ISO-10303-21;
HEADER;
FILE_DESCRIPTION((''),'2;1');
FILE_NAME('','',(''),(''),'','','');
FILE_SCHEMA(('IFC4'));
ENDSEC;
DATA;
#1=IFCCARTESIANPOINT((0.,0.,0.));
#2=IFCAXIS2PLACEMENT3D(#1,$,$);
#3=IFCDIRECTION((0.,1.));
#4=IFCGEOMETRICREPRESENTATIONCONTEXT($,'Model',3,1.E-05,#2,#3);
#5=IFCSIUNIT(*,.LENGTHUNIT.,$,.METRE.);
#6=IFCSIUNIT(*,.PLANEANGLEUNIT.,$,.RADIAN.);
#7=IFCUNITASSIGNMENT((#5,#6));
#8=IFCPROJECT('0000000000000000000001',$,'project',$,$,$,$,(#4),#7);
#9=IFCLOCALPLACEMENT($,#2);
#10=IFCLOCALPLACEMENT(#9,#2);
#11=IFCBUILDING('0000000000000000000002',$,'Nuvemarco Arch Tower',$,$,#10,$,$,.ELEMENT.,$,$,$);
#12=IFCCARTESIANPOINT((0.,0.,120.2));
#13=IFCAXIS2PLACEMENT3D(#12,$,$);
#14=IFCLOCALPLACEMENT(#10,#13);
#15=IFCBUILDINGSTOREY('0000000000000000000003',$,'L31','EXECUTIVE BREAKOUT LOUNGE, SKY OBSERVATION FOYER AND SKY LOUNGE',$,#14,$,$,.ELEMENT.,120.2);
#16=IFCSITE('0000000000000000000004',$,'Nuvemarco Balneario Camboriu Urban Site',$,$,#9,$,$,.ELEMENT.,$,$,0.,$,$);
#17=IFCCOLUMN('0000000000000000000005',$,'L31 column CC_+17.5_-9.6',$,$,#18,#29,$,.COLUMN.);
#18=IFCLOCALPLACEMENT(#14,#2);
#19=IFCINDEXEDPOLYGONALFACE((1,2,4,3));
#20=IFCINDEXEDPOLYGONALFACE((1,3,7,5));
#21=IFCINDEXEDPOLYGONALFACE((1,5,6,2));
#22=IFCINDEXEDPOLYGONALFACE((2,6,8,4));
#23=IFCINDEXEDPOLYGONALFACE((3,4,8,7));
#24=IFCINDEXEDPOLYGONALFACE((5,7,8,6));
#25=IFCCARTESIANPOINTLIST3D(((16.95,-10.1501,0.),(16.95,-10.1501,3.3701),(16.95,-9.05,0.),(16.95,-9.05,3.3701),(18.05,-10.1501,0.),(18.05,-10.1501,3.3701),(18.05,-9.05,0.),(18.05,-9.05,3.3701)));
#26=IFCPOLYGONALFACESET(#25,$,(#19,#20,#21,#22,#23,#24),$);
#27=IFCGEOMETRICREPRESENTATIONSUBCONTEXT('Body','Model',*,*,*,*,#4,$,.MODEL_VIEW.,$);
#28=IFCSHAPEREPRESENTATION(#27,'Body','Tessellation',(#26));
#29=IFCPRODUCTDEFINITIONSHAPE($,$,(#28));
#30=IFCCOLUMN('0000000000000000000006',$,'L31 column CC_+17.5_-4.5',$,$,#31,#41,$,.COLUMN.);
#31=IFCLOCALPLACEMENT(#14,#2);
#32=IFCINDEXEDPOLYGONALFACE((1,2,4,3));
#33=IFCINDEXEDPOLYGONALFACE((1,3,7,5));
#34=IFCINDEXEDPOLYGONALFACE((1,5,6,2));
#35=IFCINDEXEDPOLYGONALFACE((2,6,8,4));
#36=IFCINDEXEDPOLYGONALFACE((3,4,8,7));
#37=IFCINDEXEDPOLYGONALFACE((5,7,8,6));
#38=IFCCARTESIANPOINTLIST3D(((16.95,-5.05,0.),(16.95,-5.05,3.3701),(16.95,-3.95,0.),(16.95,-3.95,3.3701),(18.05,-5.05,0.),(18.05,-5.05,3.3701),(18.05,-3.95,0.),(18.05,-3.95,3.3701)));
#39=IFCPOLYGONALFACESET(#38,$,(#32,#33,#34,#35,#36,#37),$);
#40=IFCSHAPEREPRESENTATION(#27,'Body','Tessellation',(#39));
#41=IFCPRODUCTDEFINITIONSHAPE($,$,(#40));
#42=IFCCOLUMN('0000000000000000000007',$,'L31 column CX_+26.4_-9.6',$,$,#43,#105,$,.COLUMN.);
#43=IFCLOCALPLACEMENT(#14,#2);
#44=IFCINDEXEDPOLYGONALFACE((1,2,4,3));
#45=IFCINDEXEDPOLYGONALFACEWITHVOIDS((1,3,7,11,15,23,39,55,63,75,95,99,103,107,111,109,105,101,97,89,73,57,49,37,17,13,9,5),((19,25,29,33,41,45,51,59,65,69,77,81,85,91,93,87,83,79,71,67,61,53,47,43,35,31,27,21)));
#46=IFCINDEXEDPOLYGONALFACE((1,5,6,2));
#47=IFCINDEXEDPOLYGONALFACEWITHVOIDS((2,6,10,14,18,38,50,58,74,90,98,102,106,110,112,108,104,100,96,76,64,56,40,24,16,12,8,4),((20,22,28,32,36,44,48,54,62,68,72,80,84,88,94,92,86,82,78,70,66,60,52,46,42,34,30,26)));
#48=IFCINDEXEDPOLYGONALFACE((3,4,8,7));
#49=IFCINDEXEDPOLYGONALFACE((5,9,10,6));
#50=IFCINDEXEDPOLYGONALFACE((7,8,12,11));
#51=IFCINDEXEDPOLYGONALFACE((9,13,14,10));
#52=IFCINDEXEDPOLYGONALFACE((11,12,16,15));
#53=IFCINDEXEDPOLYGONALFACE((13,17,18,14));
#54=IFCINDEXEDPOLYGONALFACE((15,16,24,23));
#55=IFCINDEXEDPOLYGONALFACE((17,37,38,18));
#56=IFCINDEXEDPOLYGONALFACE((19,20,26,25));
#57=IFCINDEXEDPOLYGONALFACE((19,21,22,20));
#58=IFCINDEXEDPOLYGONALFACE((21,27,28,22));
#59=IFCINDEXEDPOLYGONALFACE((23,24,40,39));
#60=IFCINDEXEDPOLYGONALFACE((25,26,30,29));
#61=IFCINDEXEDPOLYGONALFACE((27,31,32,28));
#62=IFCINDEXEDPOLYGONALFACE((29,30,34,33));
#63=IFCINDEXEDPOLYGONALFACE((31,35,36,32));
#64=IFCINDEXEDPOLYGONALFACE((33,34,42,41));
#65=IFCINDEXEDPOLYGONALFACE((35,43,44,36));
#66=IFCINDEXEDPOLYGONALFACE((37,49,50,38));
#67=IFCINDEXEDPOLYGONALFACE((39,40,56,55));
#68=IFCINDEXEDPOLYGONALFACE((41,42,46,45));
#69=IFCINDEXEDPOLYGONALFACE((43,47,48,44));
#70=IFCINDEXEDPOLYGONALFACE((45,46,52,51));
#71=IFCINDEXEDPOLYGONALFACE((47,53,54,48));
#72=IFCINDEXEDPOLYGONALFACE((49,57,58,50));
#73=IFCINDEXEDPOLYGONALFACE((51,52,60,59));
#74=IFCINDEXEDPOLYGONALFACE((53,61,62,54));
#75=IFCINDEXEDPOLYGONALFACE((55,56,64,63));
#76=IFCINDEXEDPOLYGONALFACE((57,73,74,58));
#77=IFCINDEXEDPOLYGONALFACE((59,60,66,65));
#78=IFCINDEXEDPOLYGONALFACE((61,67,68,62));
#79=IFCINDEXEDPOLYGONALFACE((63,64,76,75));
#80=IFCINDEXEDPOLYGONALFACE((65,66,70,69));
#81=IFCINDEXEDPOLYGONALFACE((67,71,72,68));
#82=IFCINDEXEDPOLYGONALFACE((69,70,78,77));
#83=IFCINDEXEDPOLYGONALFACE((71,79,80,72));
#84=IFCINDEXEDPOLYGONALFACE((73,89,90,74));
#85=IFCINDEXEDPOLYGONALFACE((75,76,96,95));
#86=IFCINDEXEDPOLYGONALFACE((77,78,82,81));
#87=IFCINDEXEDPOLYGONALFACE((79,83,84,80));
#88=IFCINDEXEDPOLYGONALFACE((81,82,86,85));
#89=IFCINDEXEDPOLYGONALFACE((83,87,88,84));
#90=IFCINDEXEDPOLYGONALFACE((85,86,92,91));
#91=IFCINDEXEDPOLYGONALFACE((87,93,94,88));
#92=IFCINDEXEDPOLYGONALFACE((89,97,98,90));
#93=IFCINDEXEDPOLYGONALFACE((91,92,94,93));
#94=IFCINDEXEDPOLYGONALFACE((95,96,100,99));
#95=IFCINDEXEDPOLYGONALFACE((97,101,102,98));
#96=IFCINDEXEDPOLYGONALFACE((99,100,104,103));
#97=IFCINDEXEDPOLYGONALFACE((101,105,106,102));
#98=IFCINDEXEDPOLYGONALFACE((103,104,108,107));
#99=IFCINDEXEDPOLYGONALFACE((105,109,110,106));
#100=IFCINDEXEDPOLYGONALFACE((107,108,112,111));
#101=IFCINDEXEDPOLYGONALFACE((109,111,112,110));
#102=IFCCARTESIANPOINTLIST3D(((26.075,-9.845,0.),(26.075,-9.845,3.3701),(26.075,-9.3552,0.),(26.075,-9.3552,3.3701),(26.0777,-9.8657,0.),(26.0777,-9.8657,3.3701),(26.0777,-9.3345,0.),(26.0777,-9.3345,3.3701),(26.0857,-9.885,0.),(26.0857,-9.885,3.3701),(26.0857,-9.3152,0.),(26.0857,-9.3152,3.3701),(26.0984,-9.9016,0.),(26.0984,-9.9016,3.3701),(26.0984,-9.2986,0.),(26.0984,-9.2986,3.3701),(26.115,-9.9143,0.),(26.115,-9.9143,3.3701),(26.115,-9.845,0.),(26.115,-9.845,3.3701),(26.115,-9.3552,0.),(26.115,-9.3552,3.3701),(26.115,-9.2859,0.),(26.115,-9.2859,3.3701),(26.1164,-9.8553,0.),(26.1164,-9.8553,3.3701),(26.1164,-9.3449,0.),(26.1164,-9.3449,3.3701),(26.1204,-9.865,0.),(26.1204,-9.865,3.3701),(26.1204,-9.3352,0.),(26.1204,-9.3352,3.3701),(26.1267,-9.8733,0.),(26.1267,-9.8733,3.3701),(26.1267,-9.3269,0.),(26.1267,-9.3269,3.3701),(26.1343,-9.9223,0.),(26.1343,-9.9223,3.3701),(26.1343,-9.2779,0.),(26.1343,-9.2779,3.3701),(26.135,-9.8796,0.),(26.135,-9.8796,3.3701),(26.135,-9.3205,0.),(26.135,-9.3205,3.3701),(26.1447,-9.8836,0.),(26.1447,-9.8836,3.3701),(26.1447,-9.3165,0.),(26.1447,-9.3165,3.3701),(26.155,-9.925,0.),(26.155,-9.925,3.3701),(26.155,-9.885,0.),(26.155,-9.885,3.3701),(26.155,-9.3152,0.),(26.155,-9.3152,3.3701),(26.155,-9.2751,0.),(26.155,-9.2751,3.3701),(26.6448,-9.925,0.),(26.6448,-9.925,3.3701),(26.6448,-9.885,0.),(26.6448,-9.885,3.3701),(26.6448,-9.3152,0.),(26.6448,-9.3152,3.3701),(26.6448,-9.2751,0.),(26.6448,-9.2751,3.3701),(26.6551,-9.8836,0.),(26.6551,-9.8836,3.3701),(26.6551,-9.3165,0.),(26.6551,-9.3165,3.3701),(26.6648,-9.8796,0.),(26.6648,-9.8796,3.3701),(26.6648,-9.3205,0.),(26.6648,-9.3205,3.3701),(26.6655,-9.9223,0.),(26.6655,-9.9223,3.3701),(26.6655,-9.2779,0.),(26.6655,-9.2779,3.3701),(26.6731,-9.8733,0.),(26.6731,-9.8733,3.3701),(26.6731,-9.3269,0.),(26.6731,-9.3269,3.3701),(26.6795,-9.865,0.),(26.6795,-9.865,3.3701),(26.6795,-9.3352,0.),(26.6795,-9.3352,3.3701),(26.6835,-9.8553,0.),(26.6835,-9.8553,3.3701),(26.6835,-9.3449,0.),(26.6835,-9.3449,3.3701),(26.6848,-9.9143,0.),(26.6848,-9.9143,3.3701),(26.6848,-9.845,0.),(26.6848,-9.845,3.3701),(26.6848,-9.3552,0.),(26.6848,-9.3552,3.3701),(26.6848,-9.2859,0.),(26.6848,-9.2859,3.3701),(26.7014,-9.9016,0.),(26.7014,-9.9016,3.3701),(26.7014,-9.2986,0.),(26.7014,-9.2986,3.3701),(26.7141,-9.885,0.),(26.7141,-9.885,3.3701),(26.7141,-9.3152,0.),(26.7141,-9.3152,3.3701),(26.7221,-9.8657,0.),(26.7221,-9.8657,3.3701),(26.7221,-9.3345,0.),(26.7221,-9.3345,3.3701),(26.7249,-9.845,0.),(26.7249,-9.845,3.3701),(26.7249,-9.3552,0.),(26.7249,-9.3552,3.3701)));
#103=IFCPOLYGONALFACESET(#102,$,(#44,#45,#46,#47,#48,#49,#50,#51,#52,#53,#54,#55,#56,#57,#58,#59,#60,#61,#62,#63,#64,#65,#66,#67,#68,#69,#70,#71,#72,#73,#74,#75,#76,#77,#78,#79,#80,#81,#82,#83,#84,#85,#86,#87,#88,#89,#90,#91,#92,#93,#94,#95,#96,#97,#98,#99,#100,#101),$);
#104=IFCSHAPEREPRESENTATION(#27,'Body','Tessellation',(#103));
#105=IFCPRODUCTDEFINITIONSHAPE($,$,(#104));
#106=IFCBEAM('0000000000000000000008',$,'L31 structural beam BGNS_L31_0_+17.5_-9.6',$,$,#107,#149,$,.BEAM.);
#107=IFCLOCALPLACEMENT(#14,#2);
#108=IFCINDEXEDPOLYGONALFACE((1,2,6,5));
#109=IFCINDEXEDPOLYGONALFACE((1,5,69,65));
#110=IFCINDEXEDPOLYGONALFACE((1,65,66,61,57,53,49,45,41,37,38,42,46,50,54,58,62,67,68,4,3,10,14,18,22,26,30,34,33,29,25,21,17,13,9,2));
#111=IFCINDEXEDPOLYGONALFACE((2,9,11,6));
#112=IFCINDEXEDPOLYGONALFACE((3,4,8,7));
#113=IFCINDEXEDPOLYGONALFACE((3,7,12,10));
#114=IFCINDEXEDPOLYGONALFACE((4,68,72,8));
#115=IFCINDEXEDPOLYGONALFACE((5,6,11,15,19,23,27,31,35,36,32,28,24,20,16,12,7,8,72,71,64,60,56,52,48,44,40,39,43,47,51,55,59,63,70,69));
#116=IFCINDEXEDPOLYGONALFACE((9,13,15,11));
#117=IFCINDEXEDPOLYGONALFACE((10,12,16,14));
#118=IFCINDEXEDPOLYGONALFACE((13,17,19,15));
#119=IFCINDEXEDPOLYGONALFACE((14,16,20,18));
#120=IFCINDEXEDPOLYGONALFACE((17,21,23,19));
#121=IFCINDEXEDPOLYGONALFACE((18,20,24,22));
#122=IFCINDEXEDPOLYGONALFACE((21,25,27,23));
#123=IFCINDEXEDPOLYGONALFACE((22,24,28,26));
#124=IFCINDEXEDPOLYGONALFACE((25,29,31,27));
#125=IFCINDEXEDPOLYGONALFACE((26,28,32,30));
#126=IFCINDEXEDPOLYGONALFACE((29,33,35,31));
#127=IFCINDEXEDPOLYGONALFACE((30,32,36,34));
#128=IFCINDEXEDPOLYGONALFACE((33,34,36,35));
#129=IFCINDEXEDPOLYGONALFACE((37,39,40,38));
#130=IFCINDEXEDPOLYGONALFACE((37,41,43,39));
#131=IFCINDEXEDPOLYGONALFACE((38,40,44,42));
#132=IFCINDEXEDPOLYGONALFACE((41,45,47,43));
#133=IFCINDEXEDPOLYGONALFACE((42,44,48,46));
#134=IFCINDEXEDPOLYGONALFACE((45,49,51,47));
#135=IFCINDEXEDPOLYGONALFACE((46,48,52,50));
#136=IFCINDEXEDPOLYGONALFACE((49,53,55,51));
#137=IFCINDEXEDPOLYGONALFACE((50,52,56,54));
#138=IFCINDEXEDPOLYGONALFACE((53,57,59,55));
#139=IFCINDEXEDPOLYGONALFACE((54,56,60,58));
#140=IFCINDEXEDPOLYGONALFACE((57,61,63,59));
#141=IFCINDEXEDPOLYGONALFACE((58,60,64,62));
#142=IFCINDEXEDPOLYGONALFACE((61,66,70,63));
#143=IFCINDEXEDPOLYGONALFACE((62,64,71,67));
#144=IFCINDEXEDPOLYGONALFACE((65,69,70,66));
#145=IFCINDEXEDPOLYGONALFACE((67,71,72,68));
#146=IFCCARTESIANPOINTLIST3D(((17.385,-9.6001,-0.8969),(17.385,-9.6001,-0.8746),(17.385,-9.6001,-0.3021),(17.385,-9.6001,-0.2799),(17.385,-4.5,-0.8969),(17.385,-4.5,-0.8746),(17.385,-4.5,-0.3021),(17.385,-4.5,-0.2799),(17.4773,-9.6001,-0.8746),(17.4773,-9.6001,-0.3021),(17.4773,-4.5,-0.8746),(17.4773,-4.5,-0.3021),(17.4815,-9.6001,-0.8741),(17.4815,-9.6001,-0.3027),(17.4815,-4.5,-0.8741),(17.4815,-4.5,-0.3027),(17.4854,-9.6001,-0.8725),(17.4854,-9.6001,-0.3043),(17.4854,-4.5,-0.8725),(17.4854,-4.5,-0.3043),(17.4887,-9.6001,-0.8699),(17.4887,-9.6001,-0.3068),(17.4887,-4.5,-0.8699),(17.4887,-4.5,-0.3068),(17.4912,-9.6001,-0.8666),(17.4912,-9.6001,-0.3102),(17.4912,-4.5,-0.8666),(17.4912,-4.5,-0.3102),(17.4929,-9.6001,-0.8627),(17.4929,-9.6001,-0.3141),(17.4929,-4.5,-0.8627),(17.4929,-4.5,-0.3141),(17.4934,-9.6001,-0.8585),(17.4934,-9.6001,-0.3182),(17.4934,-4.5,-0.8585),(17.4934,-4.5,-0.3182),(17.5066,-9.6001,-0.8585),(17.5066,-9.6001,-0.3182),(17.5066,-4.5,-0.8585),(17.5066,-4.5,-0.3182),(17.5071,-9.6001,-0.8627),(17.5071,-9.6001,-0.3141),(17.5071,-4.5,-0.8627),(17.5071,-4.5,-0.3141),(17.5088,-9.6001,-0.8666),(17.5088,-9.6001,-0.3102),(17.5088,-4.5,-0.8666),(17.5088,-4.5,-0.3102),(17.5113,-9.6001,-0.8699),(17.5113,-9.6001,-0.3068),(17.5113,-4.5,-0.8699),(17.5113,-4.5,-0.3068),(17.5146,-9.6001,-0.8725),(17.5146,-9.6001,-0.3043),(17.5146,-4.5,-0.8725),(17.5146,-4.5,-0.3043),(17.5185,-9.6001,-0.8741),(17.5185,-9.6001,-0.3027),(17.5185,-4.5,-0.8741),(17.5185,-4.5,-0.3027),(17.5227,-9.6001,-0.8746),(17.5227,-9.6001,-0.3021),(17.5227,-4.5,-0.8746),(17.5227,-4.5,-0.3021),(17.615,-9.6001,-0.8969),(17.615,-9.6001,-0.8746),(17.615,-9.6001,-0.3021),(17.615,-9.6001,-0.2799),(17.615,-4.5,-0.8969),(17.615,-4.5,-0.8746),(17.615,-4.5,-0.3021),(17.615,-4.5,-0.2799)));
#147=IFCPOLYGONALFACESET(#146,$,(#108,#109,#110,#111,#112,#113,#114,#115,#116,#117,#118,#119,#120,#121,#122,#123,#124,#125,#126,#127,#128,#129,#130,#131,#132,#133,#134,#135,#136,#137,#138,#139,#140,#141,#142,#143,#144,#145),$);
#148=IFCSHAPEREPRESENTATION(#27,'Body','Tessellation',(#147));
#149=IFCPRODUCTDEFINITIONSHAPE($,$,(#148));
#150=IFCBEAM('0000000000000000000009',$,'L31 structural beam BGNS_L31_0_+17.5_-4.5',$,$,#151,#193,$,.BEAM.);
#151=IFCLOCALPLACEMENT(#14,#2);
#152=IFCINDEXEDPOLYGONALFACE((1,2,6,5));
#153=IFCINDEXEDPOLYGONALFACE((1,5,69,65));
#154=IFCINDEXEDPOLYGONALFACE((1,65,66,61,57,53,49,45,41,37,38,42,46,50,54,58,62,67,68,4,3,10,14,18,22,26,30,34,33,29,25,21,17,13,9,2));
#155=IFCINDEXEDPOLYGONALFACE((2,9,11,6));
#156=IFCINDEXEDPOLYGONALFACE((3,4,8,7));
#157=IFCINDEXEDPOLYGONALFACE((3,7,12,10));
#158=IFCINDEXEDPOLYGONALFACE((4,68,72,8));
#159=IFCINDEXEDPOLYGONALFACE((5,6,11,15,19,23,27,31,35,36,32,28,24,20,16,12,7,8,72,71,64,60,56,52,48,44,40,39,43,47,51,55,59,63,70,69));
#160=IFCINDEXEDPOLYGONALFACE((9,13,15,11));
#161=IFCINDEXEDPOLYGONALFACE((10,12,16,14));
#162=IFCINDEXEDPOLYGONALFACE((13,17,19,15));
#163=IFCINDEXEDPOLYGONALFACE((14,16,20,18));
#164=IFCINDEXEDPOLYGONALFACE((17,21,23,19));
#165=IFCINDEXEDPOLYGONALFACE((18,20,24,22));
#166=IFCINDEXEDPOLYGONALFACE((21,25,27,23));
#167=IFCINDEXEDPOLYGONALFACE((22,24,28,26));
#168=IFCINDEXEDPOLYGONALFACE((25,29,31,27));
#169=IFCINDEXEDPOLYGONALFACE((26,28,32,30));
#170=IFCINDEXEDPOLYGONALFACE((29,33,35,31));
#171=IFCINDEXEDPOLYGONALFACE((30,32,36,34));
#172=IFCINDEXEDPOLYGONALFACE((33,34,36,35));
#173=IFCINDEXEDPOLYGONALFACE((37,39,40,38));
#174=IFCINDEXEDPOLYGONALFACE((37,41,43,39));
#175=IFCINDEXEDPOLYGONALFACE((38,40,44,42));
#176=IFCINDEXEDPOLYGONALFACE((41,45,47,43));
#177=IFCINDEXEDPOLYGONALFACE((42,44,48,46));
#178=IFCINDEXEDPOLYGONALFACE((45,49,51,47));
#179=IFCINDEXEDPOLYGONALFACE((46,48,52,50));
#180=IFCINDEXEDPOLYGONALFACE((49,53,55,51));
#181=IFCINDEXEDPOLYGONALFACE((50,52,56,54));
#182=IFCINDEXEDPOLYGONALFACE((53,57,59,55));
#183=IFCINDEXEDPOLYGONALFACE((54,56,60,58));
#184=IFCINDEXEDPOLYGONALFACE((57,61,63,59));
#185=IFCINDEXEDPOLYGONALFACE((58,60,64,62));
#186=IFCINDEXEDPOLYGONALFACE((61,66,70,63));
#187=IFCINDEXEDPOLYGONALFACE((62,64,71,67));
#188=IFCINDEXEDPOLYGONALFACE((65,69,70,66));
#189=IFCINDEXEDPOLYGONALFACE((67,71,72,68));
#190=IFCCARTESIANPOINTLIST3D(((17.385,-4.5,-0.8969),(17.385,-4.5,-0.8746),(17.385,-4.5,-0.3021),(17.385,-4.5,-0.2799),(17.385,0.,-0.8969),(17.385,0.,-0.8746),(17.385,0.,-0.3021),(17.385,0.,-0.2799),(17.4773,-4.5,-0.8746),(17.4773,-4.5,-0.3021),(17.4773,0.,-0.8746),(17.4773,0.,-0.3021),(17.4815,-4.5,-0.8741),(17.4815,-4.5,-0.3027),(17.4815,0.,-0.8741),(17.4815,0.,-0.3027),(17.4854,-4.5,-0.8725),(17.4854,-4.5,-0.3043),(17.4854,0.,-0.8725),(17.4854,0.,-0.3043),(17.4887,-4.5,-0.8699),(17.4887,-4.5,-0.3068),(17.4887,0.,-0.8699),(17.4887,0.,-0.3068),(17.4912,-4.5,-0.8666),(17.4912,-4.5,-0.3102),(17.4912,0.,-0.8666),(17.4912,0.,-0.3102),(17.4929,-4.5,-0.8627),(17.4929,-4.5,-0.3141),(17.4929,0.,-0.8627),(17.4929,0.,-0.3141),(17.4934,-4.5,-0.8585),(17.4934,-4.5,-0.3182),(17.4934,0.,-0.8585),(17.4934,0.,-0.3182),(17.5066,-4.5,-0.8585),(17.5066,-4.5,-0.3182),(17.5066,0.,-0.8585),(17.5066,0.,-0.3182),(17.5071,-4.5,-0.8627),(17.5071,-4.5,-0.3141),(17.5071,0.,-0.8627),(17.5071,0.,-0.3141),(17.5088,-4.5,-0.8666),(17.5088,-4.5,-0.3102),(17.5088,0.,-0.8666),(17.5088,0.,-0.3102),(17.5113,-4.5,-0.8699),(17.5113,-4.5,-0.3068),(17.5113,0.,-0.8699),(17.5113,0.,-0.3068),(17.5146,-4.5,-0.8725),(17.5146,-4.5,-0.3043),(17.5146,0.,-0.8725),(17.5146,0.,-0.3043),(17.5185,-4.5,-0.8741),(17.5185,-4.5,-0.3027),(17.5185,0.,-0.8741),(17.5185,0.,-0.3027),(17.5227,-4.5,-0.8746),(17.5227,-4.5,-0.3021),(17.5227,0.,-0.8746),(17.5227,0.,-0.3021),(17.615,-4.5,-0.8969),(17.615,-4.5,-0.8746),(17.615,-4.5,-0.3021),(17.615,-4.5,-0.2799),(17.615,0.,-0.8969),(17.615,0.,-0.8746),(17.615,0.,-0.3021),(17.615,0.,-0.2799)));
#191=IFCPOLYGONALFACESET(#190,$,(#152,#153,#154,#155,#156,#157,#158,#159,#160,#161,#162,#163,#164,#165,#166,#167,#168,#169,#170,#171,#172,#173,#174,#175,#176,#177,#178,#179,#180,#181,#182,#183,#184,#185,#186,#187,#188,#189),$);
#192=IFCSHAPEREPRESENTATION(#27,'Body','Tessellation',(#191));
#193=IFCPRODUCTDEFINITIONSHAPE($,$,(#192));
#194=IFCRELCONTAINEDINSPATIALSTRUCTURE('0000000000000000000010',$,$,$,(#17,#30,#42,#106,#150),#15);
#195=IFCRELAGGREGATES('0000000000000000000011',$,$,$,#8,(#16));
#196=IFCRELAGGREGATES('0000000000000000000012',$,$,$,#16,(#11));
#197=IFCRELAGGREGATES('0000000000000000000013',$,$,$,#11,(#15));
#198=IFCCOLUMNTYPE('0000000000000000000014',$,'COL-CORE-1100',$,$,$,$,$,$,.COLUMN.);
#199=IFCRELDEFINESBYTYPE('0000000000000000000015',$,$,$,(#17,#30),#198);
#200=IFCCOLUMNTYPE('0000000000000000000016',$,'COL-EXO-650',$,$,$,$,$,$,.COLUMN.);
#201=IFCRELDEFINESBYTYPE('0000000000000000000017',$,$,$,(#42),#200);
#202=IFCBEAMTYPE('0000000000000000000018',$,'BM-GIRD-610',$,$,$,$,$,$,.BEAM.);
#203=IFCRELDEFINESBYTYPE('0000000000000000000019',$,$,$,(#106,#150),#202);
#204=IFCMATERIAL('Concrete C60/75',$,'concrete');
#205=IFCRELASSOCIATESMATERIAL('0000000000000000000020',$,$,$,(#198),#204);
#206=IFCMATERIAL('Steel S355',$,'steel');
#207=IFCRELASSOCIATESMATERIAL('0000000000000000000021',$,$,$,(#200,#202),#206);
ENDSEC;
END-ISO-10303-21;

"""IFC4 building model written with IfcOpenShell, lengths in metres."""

from ifc_helpers import new_model, si_unit, direction, frame, origin, origin_2d, place, context, subcontext, project, spatial, rectangle, hollow_rectangle, i_section, extrude, material, material_profile, profile_set, type_object, element, save


model = new_model("IFC4")

# Units and contexts
model_context = context("Model", 3, precision=1e-05, world=origin(), true_north=direction((0.0, 1.0)))
body_context = subcontext(model_context, "Body", "Model", "MODEL_VIEW")
ifc_project = project(units=[si_unit("LENGTHUNIT", "METRE"), si_unit("PLANEANGLEUNIT", "RADIAN")], contexts=[model_context])

# Site, building, storey
site_placement = place(None, origin())
site = spatial("IfcSite", under=ifc_project, at=site_placement, Name="Nuvemarco Balneario Camboriu Urban Site", CompositionType="ELEMENT", RefElevation=0.0)
building_placement = place(site_placement, origin())
building = spatial("IfcBuilding", under=site, at=building_placement, Name="Nuvemarco Arch Tower", CompositionType="ELEMENT")
storey_placement = place(building_placement, frame((0.0, 0.0, 120.2)))
storey = spatial("IfcBuildingStorey", under=building, at=storey_placement, Name="L31", Description="EXECUTIVE BREAKOUT LOUNGE, SKY OBSERVATION FOYER AND SKY LOUNGE", CompositionType="ELEMENT", Elevation=120.2)

# Columns
ifc_material_1 = material(Name="Concrete C60/75", Category="concrete")
ifc_material_profile_1 = material_profile(ifc_material_1, rectangle(XDim=1.1001, YDim=1.1001, at=origin_2d()), Name="RC-COL-1100x1100")
ifc_profile_set_1 = profile_set([ifc_material_profile_1], Name="Concrete C60/75")
column_type_1 = type_object("IfcColumnType", Name="COL-CORE-1100", PredefinedType="COLUMN", material=ifc_profile_set_1)
for number, where, z_axis, x_axis, name in (
    (1, (17.5, -9.6001, 0.0), (0.0, 0.0, 1.0), (1.0, 0.0, 0.0), "L31 column CC_+17.5_-9.6"),
    (2, (17.5, -4.5, 0.0), (0.0, 0.0, 1.0), (1.0, 0.0, 0.0), "L31 column CC_+17.5_-4.5"),
):
    element("IfcColumn", number, at=place(storey_placement, frame(where, z_axis=z_axis, x_axis=x_axis)), inside=storey, type_object=column_type_1, Name=name, PredefinedType="COLUMN", context=body_context, shape_type="SweptSolid", body=[
        extrude(rectangle(XDim=1.1001, YDim=1.1001, at=origin_2d()), origin(), (0.0, 0.0, 1.0), 3.3701),
    ])
ifc_material_2 = material(Name="Steel S355", Category="steel")
ifc_material_profile_2 = material_profile(ifc_material_2, hollow_rectangle(XDim=0.6499, YDim=0.6499, WallThickness=0.04, InnerFilletRadius=0.04, OuterFilletRadius=0.0801, at=origin_2d()), Name="SHS650x650x40")
ifc_profile_set_2 = profile_set([ifc_material_profile_2], Name="Steel S355")
column_type_2 = type_object("IfcColumnType", Name="COL-EXO-650", PredefinedType="COLUMN", material=ifc_profile_set_2)
column_placement = place(storey_placement, frame((26.3999, -9.6001, 0.0), z_axis=(0.0, 0.0, 1.0), x_axis=(1.0, 0.0, 0.0)))
element("IfcColumn", 3, at=column_placement, inside=storey, type_object=column_type_2, Name="L31 column CX_+26.4_-9.6", PredefinedType="COLUMN", context=body_context, shape_type="SweptSolid", body=[
    extrude(hollow_rectangle(XDim=0.6499, YDim=0.6499, WallThickness=0.04, InnerFilletRadius=0.04, OuterFilletRadius=0.0801, at=origin_2d()), origin(), (0.0, 0.0, 1.0), 3.3701),
])

# Beams
ifc_material_profile_3 = material_profile(ifc_material_2, i_section(OverallWidth=0.23, OverallDepth=0.6169, WebThickness=0.0132, FlangeThickness=0.0222, FilletRadius=0.0161, at=origin_2d()), Name="W610x140")
ifc_profile_set_3 = profile_set([ifc_material_profile_3], Name="Steel S355")
beam_type_1 = type_object("IfcBeamType", Name="BM-GIRD-610", PredefinedType="BEAM", material=ifc_profile_set_3)
beam_1_placement = place(storey_placement, frame((17.5, -9.6001, -0.5884), z_axis=(0.0, 1.0, 0.0), x_axis=(-1.0, 0.0, 0.0)))
element("IfcBeam", 4, at=beam_1_placement, inside=storey, type_object=beam_type_1, Name="L31 structural beam BGNS_L31_0_+17.5_-9.6", PredefinedType="BEAM", context=body_context, shape_type="SweptSolid", body=[
    extrude(i_section(OverallWidth=0.23, OverallDepth=0.6169, WebThickness=0.0132, FlangeThickness=0.0222, FilletRadius=0.0161, at=origin_2d()), origin(), (0.0, 0.0, 1.0), 5.1001),
])
beam_2_placement = place(storey_placement, frame((17.5, -4.5, -0.5884), z_axis=(0.0, 1.0, 0.0), x_axis=(-1.0, 0.0, 0.0)))
element("IfcBeam", 5, at=beam_2_placement, inside=storey, type_object=beam_type_1, Name="L31 structural beam BGNS_L31_0_+17.5_-4.5", PredefinedType="BEAM", context=body_context, shape_type="SweptSolid", body=[
    extrude(i_section(OverallWidth=0.23, OverallDepth=0.6169, WebThickness=0.0132, FlangeThickness=0.0222, FilletRadius=0.0161, at=origin_2d()), origin(), (0.0, 0.0, 1.0), 4.5),
])

save(model, "model.ifc")
